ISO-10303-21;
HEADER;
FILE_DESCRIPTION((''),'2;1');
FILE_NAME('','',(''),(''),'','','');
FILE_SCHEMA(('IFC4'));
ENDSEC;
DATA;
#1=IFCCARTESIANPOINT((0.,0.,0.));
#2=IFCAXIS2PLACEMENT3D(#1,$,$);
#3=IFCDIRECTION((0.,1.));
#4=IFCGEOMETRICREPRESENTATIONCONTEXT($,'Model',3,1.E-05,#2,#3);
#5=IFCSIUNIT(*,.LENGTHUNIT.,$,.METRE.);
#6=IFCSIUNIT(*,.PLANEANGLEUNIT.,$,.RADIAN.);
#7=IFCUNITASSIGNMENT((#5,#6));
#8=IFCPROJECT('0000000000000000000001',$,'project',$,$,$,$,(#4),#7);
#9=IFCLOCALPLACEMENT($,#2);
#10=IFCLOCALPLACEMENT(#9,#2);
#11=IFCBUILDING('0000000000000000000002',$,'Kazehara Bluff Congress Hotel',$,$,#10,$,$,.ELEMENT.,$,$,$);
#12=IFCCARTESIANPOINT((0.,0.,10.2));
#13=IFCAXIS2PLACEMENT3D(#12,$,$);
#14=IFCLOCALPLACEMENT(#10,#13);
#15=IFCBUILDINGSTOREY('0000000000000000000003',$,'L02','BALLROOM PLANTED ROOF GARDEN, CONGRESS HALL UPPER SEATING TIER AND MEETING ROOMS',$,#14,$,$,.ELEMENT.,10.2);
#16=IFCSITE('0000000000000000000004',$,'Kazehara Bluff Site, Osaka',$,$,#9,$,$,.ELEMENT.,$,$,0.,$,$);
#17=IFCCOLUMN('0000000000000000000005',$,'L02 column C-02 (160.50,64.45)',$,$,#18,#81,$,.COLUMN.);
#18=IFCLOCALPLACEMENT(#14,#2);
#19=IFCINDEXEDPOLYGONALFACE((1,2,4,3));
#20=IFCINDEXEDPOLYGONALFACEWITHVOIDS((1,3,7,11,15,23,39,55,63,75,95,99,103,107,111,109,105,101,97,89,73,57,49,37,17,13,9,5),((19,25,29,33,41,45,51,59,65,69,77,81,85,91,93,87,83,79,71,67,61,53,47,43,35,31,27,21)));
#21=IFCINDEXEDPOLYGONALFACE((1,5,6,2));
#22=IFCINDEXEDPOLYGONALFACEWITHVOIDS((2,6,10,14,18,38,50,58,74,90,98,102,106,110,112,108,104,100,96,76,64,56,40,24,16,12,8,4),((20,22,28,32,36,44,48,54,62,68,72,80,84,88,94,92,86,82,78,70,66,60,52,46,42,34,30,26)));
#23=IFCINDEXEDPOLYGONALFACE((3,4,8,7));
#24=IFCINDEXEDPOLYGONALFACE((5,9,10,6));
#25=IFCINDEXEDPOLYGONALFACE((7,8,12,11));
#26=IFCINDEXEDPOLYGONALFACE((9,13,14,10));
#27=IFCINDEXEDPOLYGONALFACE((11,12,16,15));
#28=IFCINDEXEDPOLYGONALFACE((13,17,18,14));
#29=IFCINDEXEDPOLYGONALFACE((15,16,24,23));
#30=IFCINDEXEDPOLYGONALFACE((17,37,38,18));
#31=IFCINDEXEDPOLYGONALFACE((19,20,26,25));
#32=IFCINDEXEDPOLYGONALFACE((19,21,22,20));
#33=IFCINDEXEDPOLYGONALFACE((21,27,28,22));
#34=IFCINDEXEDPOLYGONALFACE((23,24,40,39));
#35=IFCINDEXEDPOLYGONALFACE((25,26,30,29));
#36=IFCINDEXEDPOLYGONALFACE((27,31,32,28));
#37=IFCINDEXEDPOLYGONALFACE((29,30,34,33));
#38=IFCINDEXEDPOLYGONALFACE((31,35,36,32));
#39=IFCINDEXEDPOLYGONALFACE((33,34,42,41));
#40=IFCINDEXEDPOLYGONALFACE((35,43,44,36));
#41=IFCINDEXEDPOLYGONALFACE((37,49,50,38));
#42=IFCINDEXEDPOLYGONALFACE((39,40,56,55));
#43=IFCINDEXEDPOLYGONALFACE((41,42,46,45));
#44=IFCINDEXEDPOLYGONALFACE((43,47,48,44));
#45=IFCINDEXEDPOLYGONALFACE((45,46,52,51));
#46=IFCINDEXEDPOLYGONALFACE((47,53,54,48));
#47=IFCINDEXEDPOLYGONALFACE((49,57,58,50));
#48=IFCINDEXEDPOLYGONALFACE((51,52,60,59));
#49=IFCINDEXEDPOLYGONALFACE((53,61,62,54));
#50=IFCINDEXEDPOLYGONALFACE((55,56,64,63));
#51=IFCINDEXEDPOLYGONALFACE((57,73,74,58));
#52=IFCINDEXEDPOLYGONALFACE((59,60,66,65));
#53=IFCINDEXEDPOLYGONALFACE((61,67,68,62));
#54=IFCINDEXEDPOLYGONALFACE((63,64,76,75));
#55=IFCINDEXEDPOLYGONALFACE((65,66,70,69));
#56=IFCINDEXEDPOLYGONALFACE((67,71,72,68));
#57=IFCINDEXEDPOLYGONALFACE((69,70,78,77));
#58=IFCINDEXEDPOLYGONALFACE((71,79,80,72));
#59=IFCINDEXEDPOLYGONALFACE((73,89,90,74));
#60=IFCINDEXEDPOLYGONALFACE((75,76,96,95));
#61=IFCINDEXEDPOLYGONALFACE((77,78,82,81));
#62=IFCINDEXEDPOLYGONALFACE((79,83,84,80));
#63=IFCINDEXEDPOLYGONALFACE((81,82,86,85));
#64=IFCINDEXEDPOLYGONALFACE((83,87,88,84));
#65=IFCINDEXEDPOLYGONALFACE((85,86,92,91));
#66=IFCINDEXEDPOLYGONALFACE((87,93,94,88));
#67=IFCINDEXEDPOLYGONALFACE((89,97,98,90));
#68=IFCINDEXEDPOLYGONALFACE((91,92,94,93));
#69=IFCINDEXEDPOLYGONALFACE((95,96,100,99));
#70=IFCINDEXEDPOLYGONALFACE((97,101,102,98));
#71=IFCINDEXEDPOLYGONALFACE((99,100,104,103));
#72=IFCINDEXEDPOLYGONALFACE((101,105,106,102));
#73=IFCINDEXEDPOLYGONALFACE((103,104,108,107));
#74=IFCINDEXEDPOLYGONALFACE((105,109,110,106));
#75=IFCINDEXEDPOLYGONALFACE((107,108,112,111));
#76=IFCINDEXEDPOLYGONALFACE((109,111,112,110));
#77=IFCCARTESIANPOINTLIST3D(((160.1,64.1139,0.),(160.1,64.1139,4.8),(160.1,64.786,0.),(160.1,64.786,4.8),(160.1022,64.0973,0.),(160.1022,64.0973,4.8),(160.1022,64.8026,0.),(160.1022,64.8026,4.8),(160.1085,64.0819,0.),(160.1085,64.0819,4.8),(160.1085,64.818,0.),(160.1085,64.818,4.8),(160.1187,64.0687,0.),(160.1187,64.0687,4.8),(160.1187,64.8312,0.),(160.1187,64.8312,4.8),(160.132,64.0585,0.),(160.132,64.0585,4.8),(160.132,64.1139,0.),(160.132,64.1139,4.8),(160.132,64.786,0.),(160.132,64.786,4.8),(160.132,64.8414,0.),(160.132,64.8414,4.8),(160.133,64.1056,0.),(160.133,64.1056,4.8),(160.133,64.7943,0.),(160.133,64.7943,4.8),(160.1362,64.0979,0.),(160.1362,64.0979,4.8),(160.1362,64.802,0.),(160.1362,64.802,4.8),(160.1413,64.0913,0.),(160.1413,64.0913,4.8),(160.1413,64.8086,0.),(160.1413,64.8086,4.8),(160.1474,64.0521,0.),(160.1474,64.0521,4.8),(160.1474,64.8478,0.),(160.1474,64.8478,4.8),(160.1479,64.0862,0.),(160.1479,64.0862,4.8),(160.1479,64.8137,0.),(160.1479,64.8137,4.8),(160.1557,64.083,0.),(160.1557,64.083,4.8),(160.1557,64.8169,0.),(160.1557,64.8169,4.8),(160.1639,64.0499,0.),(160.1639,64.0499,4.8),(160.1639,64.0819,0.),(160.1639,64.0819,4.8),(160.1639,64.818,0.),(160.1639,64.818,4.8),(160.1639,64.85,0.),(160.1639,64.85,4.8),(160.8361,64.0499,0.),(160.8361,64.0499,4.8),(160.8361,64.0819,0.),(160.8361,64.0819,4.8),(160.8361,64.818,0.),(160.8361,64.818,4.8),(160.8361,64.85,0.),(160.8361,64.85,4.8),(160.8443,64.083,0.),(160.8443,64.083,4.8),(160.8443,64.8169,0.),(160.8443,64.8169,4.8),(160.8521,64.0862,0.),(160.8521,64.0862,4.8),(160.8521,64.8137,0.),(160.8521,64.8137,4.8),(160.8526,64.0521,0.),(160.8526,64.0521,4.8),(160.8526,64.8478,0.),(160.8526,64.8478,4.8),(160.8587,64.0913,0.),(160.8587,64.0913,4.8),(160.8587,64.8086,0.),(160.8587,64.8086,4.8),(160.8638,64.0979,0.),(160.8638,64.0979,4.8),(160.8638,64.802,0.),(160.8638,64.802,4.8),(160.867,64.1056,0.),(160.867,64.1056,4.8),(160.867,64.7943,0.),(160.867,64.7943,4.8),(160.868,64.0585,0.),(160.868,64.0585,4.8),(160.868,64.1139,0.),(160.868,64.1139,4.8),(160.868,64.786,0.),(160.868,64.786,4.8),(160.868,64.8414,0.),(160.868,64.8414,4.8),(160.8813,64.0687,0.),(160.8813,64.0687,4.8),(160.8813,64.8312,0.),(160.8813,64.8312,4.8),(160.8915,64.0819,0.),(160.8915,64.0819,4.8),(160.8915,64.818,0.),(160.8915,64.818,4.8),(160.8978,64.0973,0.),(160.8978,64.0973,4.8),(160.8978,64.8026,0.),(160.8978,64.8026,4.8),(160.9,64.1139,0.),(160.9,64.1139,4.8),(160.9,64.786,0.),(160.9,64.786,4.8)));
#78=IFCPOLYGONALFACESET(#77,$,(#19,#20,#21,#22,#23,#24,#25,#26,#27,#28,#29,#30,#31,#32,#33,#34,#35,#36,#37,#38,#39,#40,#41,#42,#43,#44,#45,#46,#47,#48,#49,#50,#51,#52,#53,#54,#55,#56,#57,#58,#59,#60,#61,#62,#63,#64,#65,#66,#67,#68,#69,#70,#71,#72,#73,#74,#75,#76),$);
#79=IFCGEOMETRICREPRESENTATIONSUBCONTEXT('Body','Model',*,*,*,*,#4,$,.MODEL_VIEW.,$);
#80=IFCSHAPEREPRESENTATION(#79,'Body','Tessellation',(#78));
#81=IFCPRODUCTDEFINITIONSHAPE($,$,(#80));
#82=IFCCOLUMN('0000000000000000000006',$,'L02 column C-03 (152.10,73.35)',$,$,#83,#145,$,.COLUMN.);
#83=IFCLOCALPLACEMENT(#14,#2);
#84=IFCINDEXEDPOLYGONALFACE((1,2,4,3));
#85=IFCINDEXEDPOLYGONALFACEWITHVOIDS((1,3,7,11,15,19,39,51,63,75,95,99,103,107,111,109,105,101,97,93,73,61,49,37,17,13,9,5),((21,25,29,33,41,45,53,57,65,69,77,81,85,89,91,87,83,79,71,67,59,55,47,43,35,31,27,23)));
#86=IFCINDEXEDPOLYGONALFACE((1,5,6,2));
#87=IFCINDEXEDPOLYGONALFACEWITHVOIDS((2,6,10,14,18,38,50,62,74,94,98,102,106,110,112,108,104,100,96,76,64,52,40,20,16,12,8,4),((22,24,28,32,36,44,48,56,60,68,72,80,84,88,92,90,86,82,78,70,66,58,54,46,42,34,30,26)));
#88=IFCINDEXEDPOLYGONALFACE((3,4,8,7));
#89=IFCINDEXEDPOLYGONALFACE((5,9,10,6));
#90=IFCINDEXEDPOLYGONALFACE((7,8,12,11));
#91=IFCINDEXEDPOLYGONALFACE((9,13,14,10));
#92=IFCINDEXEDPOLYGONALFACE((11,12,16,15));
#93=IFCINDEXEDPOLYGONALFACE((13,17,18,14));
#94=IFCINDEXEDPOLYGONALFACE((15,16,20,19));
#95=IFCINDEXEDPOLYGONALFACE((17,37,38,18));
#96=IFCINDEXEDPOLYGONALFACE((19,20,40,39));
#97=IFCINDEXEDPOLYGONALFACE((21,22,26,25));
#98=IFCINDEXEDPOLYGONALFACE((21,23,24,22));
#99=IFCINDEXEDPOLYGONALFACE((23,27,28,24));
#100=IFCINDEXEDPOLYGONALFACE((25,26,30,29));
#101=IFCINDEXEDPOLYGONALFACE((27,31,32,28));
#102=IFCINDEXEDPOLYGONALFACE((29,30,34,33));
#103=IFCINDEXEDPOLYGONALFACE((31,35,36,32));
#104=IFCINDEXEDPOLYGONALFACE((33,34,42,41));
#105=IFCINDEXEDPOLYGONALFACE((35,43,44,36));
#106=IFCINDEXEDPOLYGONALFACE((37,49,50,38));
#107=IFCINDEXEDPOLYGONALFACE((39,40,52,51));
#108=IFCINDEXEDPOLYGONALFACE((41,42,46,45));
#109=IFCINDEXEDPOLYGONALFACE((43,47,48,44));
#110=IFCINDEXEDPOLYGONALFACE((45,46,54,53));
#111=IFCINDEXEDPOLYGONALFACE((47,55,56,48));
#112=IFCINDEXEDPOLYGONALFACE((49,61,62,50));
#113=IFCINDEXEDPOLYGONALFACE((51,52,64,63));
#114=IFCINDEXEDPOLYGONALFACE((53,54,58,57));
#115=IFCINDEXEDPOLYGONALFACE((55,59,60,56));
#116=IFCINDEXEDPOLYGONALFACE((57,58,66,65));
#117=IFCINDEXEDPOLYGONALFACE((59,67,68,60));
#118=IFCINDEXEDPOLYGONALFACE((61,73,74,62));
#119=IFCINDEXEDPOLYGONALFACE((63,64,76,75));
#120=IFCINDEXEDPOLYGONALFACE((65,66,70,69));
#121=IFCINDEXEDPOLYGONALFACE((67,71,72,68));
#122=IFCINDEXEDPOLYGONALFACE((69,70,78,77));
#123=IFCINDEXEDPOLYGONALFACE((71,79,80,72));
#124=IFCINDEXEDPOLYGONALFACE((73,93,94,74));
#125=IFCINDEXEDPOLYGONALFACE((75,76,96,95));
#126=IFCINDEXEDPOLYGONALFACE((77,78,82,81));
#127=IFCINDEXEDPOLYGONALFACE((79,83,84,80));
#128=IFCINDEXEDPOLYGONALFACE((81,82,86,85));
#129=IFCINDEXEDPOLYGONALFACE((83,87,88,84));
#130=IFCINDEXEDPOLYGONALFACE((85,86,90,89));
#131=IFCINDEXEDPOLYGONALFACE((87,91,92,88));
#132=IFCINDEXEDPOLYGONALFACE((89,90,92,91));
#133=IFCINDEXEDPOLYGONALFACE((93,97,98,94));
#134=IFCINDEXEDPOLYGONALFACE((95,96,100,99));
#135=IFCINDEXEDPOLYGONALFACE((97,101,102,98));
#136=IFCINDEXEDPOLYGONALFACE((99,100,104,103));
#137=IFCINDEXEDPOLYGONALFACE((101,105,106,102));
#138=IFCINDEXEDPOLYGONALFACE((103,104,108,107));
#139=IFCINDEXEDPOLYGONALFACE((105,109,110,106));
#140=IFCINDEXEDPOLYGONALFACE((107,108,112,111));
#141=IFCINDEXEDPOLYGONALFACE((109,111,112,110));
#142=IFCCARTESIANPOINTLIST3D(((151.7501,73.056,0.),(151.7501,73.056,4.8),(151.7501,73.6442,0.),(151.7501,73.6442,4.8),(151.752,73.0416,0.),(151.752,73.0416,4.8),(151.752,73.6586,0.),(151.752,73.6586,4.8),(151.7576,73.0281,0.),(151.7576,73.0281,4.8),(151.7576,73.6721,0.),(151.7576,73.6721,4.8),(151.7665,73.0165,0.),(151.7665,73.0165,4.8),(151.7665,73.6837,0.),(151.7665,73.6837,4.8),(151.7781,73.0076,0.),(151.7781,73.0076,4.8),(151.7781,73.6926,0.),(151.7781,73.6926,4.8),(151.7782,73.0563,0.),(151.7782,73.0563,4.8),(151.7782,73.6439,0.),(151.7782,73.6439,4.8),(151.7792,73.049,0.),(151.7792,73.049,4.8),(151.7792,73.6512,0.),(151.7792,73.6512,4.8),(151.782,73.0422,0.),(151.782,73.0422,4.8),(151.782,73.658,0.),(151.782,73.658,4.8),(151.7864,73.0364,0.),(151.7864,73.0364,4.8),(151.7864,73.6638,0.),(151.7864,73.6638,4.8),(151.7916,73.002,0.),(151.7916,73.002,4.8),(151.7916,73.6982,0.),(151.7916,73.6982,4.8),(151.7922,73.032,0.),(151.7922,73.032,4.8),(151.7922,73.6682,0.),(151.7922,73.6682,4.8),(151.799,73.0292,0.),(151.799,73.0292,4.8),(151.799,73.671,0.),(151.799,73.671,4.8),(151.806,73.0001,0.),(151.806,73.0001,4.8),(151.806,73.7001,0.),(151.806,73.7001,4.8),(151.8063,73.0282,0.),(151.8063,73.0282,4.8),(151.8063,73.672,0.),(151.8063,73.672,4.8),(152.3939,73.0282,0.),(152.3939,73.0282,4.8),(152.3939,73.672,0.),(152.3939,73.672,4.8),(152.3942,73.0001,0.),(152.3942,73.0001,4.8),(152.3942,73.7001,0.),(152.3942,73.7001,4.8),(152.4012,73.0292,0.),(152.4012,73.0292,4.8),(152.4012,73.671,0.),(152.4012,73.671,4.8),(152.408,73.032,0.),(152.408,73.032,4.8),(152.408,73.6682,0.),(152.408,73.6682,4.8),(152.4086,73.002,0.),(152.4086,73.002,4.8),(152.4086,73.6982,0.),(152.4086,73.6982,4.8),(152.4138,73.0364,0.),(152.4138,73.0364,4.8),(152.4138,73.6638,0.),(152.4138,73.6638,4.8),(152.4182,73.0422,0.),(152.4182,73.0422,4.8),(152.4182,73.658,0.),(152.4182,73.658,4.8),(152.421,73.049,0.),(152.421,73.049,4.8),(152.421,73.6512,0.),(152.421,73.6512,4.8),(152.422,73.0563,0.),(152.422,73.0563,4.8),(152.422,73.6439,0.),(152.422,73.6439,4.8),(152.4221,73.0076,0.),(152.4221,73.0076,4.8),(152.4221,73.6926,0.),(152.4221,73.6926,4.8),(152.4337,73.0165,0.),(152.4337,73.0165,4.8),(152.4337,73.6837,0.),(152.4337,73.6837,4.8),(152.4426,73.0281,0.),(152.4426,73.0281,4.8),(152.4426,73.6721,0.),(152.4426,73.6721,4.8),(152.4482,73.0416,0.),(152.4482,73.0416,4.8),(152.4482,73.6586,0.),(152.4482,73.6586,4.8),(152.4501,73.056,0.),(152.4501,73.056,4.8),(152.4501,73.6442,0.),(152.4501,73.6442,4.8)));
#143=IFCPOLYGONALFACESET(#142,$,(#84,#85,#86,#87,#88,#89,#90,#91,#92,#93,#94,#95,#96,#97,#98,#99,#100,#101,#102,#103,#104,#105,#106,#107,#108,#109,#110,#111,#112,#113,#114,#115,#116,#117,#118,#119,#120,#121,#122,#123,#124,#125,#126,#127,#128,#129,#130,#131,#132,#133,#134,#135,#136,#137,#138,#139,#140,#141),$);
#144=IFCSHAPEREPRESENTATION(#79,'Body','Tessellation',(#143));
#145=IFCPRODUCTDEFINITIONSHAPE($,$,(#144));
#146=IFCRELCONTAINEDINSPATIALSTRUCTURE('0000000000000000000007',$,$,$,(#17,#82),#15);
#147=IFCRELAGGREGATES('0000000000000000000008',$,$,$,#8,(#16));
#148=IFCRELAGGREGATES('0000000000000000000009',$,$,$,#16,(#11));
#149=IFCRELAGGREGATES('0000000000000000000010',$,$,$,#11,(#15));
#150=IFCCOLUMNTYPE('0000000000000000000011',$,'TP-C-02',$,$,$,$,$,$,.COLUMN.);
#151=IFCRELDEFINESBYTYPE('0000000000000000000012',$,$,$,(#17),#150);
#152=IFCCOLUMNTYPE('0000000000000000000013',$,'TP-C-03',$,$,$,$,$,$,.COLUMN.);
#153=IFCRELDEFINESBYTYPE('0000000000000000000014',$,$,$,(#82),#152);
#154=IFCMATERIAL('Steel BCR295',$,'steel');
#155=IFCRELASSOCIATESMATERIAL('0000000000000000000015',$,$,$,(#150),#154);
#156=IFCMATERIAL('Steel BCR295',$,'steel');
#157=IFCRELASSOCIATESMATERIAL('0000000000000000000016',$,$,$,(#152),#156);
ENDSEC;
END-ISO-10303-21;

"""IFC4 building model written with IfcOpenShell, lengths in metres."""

from ifc_helpers import new_model, si_unit, direction, frame, origin, origin_2d, place, context, subcontext, project, spatial, hollow_rectangle, extrude, material, material_profile, profile_set, type_object, element, save


model = new_model("IFC4")

# Units and contexts
model_context = context("Model", 3, precision=1e-05, world=origin(), true_north=direction((0.0, 1.0)))
body_context = subcontext(model_context, "Body", "Model", "MODEL_VIEW")
ifc_project = project(units=[si_unit("LENGTHUNIT", "METRE"), si_unit("PLANEANGLEUNIT", "RADIAN")], contexts=[model_context])

# Site, building, storey
site_placement = place(None, origin())
site = spatial("IfcSite", under=ifc_project, at=site_placement, Name="Kazehara Bluff Site, Osaka", CompositionType="ELEMENT", RefElevation=0.0)
building_placement = place(site_placement, origin())
building = spatial("IfcBuilding", under=site, at=building_placement, Name="Kazehara Bluff Congress Hotel", CompositionType="ELEMENT")
storey_placement = place(building_placement, frame((0.0, 0.0, 10.2)))
storey = spatial("IfcBuildingStorey", under=building, at=storey_placement, Name="L02", Description="BALLROOM PLANTED ROOF GARDEN, CONGRESS HALL UPPER SEATING TIER AND MEETING ROOMS", CompositionType="ELEMENT", Elevation=10.2)

# Columns
ifc_material_1 = material(Name="Steel BCR295", Category="steel")
ifc_material_profile_1 = material_profile(ifc_material_1, hollow_rectangle(XDim=0.8, YDim=0.8, WallThickness=0.032, InnerFilletRadius=0.032, OuterFilletRadius=0.064, at=origin_2d()))
ifc_profile_set_1 = profile_set([ifc_material_profile_1], Name="Steel BCR295")
column_type_1 = type_object("IfcColumnType", Name="TP-C-02", PredefinedType="COLUMN", material=ifc_profile_set_1)
column_placement = place(storey_placement, frame((160.5, 64.45, 0.0), z_axis=(0.0, 0.0, 1.0), x_axis=(1.0, 0.0, 0.0)))
element("IfcColumn", 1, at=column_placement, inside=storey, type_object=column_type_1, Name="L02 column C-02 (160.50,64.45)", PredefinedType="COLUMN", context=body_context, shape_type="SweptSolid", body=[
    extrude(hollow_rectangle(XDim=0.8, YDim=0.8, WallThickness=0.032, InnerFilletRadius=0.032, OuterFilletRadius=0.064, at=origin_2d()), origin(), (0.0, 0.0, 1.0), 4.8),
])
ifc_material_2 = material(Name="Steel BCR295", Category="steel")
ifc_material_profile_2 = material_profile(ifc_material_2, hollow_rectangle(XDim=0.7, YDim=0.7, WallThickness=0.0281, InnerFilletRadius=0.0281, OuterFilletRadius=0.0559, at=origin_2d()))
ifc_profile_set_2 = profile_set([ifc_material_profile_2], Name="Steel BCR295")
column_type_2 = type_object("IfcColumnType", Name="TP-C-03", PredefinedType="COLUMN", material=ifc_profile_set_2)
for number, where, z_axis, x_axis, name in (
    (2, (152.1001, 73.3501, 0.0), (0.0, 0.0, 1.0), (1.0, 0.0, 0.0), "L02 column C-03 (152.10,73.35)"),
):
    element("IfcColumn", number, at=place(storey_placement, frame(where, z_axis=z_axis, x_axis=x_axis)), inside=storey, type_object=column_type_2, Name=name, PredefinedType="COLUMN", context=body_context, shape_type="SweptSolid", body=[
        extrude(hollow_rectangle(XDim=0.7, YDim=0.7, WallThickness=0.0281, InnerFilletRadius=0.0281, OuterFilletRadius=0.0559, at=origin_2d()), origin(), (0.0, 0.0, 1.0), 4.8),
    ])

save(model, "model.ifc")
